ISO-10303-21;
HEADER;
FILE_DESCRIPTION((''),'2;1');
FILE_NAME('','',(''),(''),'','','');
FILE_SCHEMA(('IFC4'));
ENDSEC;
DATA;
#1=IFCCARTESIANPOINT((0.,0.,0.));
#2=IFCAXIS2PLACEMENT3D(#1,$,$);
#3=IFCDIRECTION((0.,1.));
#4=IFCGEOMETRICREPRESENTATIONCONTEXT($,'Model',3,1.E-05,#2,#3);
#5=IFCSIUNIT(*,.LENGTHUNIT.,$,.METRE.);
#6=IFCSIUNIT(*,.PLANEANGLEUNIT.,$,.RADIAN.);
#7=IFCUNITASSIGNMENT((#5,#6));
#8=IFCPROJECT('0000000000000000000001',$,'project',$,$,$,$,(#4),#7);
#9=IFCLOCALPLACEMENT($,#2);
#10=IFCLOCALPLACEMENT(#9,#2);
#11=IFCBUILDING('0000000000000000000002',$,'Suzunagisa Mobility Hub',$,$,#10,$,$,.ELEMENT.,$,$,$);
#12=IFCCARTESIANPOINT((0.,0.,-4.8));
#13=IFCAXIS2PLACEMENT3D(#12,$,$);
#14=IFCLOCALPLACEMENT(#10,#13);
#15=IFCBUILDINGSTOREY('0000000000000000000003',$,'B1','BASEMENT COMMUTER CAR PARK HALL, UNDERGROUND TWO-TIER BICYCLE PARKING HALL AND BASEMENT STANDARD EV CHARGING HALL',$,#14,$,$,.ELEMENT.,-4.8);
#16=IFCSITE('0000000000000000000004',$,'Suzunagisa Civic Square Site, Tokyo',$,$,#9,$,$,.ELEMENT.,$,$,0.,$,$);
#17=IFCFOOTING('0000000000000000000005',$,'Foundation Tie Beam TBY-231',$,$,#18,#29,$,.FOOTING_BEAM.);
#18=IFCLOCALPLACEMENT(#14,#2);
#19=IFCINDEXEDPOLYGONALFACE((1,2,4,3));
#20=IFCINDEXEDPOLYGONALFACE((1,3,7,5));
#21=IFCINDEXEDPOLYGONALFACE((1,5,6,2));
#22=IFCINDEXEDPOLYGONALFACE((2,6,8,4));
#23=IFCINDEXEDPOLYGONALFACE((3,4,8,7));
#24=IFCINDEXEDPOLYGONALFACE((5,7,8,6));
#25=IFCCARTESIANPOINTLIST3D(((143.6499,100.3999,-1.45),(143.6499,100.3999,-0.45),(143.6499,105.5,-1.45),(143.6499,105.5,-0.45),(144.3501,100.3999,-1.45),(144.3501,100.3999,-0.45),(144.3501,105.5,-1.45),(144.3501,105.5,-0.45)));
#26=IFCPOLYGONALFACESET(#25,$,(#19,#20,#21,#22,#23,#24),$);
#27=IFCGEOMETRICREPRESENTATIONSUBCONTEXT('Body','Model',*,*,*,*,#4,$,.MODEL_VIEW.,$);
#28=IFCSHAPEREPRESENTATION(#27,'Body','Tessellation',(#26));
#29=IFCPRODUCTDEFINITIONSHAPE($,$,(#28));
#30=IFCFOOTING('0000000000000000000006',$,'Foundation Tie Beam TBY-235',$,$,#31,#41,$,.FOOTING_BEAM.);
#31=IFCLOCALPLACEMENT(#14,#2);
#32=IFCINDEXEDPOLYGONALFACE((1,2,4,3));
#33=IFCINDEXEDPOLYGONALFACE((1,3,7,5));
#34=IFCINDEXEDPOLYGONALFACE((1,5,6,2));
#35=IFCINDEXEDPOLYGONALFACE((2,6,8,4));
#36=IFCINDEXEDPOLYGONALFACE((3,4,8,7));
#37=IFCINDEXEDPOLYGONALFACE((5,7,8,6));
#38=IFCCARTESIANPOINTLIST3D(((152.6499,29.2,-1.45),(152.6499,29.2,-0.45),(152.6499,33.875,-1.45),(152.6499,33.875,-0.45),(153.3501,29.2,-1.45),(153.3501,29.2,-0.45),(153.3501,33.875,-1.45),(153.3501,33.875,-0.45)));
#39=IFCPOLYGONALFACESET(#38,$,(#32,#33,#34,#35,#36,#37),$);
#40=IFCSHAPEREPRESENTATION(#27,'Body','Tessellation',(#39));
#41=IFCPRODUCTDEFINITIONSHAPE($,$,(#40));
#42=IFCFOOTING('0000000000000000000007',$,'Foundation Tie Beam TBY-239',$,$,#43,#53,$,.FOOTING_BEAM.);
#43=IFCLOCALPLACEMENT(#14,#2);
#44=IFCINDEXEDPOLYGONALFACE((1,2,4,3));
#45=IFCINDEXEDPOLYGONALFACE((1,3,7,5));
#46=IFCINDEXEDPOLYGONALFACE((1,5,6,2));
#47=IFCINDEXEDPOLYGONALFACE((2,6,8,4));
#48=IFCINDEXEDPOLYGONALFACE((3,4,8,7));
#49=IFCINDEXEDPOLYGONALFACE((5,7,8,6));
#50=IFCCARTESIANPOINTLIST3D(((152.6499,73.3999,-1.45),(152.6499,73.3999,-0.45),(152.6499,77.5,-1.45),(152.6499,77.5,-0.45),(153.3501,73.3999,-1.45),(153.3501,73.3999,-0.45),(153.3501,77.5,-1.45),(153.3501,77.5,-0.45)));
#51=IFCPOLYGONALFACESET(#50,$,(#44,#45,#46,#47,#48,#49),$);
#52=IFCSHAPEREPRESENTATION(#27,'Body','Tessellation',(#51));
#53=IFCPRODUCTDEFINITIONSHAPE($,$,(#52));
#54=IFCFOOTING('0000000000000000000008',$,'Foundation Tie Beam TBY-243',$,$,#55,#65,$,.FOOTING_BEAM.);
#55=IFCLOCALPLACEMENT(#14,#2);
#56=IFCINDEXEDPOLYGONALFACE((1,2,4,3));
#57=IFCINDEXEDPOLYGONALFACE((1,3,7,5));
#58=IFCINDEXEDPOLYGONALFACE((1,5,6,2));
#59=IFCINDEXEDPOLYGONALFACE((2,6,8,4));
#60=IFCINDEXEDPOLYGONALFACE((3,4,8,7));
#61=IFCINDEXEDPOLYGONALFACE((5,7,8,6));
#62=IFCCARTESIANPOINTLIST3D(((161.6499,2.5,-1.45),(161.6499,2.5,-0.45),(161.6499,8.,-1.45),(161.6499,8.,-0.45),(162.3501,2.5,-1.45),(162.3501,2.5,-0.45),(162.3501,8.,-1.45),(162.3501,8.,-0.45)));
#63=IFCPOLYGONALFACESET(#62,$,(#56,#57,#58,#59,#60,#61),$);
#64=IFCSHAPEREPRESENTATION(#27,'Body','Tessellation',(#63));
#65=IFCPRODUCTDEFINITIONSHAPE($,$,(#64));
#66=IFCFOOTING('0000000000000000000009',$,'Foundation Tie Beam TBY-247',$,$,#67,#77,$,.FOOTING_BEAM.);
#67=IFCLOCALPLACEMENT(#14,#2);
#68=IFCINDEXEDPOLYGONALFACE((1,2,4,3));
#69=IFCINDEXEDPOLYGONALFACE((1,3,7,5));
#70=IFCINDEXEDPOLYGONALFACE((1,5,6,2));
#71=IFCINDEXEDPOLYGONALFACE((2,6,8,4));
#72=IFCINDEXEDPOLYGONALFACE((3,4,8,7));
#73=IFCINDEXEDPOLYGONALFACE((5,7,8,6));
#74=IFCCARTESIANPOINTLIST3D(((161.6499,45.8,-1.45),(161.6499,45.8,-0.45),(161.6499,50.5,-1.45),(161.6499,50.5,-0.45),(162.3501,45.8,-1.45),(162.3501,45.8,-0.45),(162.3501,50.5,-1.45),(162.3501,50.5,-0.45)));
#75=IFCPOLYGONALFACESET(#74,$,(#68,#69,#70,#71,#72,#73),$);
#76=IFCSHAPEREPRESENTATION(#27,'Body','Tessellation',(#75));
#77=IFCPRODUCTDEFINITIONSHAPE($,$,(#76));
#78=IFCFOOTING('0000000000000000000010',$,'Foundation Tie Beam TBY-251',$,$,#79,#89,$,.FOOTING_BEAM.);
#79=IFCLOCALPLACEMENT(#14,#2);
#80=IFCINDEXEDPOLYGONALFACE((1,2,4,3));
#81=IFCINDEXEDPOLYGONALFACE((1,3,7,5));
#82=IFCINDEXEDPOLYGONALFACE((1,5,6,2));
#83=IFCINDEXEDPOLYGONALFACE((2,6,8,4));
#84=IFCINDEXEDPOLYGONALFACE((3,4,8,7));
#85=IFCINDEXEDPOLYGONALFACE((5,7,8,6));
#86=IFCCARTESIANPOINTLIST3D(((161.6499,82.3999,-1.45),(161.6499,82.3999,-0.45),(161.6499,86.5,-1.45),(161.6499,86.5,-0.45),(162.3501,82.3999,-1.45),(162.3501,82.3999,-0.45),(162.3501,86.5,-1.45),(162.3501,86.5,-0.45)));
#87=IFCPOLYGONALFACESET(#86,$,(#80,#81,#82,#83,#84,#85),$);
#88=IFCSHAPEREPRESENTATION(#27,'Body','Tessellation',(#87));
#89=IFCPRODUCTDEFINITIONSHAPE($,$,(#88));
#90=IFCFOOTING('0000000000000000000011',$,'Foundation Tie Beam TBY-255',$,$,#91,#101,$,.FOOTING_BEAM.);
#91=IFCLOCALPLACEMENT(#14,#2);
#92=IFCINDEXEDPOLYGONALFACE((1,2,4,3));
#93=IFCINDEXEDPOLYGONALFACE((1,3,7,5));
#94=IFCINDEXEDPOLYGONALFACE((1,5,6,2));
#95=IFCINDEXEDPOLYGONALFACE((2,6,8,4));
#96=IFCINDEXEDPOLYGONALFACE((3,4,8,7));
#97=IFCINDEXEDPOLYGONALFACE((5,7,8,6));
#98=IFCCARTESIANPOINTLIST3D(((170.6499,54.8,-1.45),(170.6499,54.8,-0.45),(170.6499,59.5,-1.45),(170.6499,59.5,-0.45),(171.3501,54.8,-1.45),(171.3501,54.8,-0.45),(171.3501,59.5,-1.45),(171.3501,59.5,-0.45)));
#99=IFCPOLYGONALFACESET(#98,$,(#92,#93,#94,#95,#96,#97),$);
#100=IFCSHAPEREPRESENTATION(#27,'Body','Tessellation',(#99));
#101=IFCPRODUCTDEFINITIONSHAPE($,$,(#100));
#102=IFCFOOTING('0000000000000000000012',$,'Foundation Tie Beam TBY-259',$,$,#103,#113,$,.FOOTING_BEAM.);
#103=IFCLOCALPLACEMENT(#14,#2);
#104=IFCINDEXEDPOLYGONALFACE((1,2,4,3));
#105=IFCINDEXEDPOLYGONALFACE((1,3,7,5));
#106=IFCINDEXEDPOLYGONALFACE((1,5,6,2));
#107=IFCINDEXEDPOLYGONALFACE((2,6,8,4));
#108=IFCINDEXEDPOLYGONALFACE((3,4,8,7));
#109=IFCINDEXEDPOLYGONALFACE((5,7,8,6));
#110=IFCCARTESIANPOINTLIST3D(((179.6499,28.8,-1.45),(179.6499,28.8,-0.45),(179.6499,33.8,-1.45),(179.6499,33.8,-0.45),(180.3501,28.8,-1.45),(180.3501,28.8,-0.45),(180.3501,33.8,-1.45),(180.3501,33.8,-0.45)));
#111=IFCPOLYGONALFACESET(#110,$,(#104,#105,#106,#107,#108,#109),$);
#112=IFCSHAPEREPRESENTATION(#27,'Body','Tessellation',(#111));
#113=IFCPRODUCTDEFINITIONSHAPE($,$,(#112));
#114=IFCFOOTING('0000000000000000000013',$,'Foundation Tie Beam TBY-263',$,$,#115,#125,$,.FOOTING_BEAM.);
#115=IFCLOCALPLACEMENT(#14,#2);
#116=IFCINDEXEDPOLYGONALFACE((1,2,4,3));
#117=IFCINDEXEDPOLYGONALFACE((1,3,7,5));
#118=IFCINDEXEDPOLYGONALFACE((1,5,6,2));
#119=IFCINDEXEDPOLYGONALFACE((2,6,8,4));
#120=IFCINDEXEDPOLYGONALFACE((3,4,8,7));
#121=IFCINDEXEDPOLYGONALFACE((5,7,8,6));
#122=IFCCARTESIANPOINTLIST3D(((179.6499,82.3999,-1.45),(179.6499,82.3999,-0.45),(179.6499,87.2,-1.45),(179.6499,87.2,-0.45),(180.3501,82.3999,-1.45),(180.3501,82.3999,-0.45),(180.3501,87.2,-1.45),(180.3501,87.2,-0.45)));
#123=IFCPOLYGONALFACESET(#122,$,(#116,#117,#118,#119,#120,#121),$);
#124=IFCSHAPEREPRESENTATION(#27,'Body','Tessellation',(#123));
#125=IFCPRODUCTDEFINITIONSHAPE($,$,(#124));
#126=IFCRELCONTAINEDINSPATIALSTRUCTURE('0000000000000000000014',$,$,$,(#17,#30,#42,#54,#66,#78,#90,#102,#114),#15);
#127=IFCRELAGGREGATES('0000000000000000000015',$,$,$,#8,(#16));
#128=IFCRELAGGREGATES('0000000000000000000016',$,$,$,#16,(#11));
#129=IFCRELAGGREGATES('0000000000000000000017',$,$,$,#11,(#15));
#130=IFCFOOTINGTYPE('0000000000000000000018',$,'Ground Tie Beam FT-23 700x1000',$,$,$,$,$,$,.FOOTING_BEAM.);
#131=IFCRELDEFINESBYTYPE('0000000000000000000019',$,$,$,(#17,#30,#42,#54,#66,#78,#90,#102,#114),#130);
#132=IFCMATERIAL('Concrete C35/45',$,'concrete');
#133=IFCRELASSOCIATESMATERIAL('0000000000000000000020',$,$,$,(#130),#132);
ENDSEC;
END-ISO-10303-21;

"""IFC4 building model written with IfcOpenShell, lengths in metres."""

from ifc_helpers import new_model, si_unit, direction, frame, origin, place, context, subcontext, project, spatial, polyline, outline, extrude, material, type_object, element, save


model = new_model("IFC4")

# Units and contexts
model_context = context("Model", 3, precision=1e-05, world=origin(), true_north=direction((0.0, 1.0)))
body_context = subcontext(model_context, "Body", "Model", "MODEL_VIEW")
ifc_project = project(units=[si_unit("LENGTHUNIT", "METRE"), si_unit("PLANEANGLEUNIT", "RADIAN")], contexts=[model_context])

# Site, building, storey
site_placement = place(None, origin())
site = spatial("IfcSite", under=ifc_project, at=site_placement, Name="Suzunagisa Civic Square Site, Tokyo", CompositionType="ELEMENT", RefElevation=0.0)
building_placement = place(site_placement, origin())
building = spatial("IfcBuilding", under=site, at=building_placement, Name="Suzunagisa Mobility Hub", CompositionType="ELEMENT")
storey_placement = place(building_placement, frame((0.0, 0.0, -4.8)))
storey = spatial("IfcBuildingStorey", under=building, at=storey_placement, Name="B1", Description="BASEMENT COMMUTER CAR PARK HALL, UNDERGROUND TWO-TIER BICYCLE PARKING HALL AND BASEMENT STANDARD EV CHARGING HALL", CompositionType="ELEMENT", Elevation=-4.8)

# Footings
ifc_material = material(Name="Concrete C35/45", Category="concrete")
footing_type_1 = type_object("IfcFootingType", Name="Ground Tie Beam FT-23 700x1000", PredefinedType="FOOTING_BEAM", material=ifc_material)
footing_1_placement = place(storey_placement, frame((0.0, 0.0, -1.45)))
element("IfcFooting", 1, at=footing_1_placement, inside=storey, type_object=footing_type_1, Name="Foundation Tie Beam TBY-231", PredefinedType="FOOTING_BEAM", context=body_context, shape_type="SweptSolid", body=[
    extrude(outline(polyline([(143.6499, 100.3999), (144.3501, 100.3999), (144.3501, 105.5), (143.6499, 105.5), (143.6499, 100.3999)])), origin(), (0.0, 0.0, 1.0), 1.0),
])
footing_2_placement = place(storey_placement, frame((0.0, 0.0, -1.45)))
element("IfcFooting", 2, at=footing_2_placement, inside=storey, type_object=footing_type_1, Name="Foundation Tie Beam TBY-235", PredefinedType="FOOTING_BEAM", context=body_context, shape_type="SweptSolid", body=[
    extrude(outline(polyline([(152.6499, 29.2), (153.3501, 29.2), (153.3501, 33.875), (152.6499, 33.875), (152.6499, 29.2)])), origin(), (0.0, 0.0, 1.0), 1.0),
])
footing_3_placement = place(storey_placement, frame((0.0, 0.0, -1.45)))
element("IfcFooting", 3, at=footing_3_placement, inside=storey, type_object=footing_type_1, Name="Foundation Tie Beam TBY-239", PredefinedType="FOOTING_BEAM", context=body_context, shape_type="SweptSolid", body=[
    extrude(outline(polyline([(152.6499, 73.3999), (153.3501, 73.3999), (153.3501, 77.5), (152.6499, 77.5), (152.6499, 73.3999)])), origin(), (0.0, 0.0, 1.0), 1.0),
])
footing_4_placement = place(storey_placement, frame((0.0, 0.0, -1.45)))
element("IfcFooting", 4, at=footing_4_placement, inside=storey, type_object=footing_type_1, Name="Foundation Tie Beam TBY-243", PredefinedType="FOOTING_BEAM", context=body_context, shape_type="SweptSolid", body=[
    extrude(outline(polyline([(161.6499, 2.5), (162.3501, 2.5), (162.3501, 8.0), (161.6499, 8.0), (161.6499, 2.5)])), origin(), (0.0, 0.0, 1.0), 1.0),
])
footing_5_placement = place(storey_placement, frame((0.0, 0.0, -1.45)))
element("IfcFooting", 5, at=footing_5_placement, inside=storey, type_object=footing_type_1, Name="Foundation Tie Beam TBY-247", PredefinedType="FOOTING_BEAM", context=body_context, shape_type="SweptSolid", body=[
    extrude(outline(polyline([(161.6499, 45.8), (162.3501, 45.8), (162.3501, 50.5), (161.6499, 50.5), (161.6499, 45.8)])), origin(), (0.0, 0.0, 1.0), 1.0),
])
footing_6_placement = place(storey_placement, frame((0.0, 0.0, -1.45)))
element("IfcFooting", 6, at=footing_6_placement, inside=storey, type_object=footing_type_1, Name="Foundation Tie Beam TBY-251", PredefinedType="FOOTING_BEAM", context=body_context, shape_type="SweptSolid", body=[
    extrude(outline(polyline([(161.6499, 82.3999), (162.3501, 82.3999), (162.3501, 86.5), (161.6499, 86.5), (161.6499, 82.3999)])), origin(), (0.0, 0.0, 1.0), 1.0),
])
footing_7_placement = place(storey_placement, frame((0.0, 0.0, -1.45)))
element("IfcFooting", 7, at=footing_7_placement, inside=storey, type_object=footing_type_1, Name="Foundation Tie Beam TBY-255", PredefinedType="FOOTING_BEAM", context=body_context, shape_type="SweptSolid", body=[
    extrude(outline(polyline([(170.6499, 54.8), (171.3501, 54.8), (171.3501, 59.5), (170.6499, 59.5), (170.6499, 54.8)])), origin(), (0.0, 0.0, 1.0), 1.0),
])
footing_8_placement = place(storey_placement, frame((0.0, 0.0, -1.45)))
element("IfcFooting", 8, at=footing_8_placement, inside=storey, type_object=footing_type_1, Name="Foundation Tie Beam TBY-259", PredefinedType="FOOTING_BEAM", context=body_context, shape_type="SweptSolid", body=[
    extrude(outline(polyline([(179.6499, 28.8), (180.3501, 28.8), (180.3501, 33.8), (179.6499, 33.8), (179.6499, 28.8)])), origin(), (0.0, 0.0, 1.0), 1.0),
])
footing_9_placement = place(storey_placement, frame((0.0, 0.0, -1.45)))
element("IfcFooting", 9, at=footing_9_placement, inside=storey, type_object=footing_type_1, Name="Foundation Tie Beam TBY-263", PredefinedType="FOOTING_BEAM", context=body_context, shape_type="SweptSolid", body=[
    extrude(outline(polyline([(179.6499, 82.3999), (180.3501, 82.3999), (180.3501, 87.2), (179.6499, 87.2), (179.6499, 82.3999)])), origin(), (0.0, 0.0, 1.0), 1.0),
])

save(model, "model.ifc")
